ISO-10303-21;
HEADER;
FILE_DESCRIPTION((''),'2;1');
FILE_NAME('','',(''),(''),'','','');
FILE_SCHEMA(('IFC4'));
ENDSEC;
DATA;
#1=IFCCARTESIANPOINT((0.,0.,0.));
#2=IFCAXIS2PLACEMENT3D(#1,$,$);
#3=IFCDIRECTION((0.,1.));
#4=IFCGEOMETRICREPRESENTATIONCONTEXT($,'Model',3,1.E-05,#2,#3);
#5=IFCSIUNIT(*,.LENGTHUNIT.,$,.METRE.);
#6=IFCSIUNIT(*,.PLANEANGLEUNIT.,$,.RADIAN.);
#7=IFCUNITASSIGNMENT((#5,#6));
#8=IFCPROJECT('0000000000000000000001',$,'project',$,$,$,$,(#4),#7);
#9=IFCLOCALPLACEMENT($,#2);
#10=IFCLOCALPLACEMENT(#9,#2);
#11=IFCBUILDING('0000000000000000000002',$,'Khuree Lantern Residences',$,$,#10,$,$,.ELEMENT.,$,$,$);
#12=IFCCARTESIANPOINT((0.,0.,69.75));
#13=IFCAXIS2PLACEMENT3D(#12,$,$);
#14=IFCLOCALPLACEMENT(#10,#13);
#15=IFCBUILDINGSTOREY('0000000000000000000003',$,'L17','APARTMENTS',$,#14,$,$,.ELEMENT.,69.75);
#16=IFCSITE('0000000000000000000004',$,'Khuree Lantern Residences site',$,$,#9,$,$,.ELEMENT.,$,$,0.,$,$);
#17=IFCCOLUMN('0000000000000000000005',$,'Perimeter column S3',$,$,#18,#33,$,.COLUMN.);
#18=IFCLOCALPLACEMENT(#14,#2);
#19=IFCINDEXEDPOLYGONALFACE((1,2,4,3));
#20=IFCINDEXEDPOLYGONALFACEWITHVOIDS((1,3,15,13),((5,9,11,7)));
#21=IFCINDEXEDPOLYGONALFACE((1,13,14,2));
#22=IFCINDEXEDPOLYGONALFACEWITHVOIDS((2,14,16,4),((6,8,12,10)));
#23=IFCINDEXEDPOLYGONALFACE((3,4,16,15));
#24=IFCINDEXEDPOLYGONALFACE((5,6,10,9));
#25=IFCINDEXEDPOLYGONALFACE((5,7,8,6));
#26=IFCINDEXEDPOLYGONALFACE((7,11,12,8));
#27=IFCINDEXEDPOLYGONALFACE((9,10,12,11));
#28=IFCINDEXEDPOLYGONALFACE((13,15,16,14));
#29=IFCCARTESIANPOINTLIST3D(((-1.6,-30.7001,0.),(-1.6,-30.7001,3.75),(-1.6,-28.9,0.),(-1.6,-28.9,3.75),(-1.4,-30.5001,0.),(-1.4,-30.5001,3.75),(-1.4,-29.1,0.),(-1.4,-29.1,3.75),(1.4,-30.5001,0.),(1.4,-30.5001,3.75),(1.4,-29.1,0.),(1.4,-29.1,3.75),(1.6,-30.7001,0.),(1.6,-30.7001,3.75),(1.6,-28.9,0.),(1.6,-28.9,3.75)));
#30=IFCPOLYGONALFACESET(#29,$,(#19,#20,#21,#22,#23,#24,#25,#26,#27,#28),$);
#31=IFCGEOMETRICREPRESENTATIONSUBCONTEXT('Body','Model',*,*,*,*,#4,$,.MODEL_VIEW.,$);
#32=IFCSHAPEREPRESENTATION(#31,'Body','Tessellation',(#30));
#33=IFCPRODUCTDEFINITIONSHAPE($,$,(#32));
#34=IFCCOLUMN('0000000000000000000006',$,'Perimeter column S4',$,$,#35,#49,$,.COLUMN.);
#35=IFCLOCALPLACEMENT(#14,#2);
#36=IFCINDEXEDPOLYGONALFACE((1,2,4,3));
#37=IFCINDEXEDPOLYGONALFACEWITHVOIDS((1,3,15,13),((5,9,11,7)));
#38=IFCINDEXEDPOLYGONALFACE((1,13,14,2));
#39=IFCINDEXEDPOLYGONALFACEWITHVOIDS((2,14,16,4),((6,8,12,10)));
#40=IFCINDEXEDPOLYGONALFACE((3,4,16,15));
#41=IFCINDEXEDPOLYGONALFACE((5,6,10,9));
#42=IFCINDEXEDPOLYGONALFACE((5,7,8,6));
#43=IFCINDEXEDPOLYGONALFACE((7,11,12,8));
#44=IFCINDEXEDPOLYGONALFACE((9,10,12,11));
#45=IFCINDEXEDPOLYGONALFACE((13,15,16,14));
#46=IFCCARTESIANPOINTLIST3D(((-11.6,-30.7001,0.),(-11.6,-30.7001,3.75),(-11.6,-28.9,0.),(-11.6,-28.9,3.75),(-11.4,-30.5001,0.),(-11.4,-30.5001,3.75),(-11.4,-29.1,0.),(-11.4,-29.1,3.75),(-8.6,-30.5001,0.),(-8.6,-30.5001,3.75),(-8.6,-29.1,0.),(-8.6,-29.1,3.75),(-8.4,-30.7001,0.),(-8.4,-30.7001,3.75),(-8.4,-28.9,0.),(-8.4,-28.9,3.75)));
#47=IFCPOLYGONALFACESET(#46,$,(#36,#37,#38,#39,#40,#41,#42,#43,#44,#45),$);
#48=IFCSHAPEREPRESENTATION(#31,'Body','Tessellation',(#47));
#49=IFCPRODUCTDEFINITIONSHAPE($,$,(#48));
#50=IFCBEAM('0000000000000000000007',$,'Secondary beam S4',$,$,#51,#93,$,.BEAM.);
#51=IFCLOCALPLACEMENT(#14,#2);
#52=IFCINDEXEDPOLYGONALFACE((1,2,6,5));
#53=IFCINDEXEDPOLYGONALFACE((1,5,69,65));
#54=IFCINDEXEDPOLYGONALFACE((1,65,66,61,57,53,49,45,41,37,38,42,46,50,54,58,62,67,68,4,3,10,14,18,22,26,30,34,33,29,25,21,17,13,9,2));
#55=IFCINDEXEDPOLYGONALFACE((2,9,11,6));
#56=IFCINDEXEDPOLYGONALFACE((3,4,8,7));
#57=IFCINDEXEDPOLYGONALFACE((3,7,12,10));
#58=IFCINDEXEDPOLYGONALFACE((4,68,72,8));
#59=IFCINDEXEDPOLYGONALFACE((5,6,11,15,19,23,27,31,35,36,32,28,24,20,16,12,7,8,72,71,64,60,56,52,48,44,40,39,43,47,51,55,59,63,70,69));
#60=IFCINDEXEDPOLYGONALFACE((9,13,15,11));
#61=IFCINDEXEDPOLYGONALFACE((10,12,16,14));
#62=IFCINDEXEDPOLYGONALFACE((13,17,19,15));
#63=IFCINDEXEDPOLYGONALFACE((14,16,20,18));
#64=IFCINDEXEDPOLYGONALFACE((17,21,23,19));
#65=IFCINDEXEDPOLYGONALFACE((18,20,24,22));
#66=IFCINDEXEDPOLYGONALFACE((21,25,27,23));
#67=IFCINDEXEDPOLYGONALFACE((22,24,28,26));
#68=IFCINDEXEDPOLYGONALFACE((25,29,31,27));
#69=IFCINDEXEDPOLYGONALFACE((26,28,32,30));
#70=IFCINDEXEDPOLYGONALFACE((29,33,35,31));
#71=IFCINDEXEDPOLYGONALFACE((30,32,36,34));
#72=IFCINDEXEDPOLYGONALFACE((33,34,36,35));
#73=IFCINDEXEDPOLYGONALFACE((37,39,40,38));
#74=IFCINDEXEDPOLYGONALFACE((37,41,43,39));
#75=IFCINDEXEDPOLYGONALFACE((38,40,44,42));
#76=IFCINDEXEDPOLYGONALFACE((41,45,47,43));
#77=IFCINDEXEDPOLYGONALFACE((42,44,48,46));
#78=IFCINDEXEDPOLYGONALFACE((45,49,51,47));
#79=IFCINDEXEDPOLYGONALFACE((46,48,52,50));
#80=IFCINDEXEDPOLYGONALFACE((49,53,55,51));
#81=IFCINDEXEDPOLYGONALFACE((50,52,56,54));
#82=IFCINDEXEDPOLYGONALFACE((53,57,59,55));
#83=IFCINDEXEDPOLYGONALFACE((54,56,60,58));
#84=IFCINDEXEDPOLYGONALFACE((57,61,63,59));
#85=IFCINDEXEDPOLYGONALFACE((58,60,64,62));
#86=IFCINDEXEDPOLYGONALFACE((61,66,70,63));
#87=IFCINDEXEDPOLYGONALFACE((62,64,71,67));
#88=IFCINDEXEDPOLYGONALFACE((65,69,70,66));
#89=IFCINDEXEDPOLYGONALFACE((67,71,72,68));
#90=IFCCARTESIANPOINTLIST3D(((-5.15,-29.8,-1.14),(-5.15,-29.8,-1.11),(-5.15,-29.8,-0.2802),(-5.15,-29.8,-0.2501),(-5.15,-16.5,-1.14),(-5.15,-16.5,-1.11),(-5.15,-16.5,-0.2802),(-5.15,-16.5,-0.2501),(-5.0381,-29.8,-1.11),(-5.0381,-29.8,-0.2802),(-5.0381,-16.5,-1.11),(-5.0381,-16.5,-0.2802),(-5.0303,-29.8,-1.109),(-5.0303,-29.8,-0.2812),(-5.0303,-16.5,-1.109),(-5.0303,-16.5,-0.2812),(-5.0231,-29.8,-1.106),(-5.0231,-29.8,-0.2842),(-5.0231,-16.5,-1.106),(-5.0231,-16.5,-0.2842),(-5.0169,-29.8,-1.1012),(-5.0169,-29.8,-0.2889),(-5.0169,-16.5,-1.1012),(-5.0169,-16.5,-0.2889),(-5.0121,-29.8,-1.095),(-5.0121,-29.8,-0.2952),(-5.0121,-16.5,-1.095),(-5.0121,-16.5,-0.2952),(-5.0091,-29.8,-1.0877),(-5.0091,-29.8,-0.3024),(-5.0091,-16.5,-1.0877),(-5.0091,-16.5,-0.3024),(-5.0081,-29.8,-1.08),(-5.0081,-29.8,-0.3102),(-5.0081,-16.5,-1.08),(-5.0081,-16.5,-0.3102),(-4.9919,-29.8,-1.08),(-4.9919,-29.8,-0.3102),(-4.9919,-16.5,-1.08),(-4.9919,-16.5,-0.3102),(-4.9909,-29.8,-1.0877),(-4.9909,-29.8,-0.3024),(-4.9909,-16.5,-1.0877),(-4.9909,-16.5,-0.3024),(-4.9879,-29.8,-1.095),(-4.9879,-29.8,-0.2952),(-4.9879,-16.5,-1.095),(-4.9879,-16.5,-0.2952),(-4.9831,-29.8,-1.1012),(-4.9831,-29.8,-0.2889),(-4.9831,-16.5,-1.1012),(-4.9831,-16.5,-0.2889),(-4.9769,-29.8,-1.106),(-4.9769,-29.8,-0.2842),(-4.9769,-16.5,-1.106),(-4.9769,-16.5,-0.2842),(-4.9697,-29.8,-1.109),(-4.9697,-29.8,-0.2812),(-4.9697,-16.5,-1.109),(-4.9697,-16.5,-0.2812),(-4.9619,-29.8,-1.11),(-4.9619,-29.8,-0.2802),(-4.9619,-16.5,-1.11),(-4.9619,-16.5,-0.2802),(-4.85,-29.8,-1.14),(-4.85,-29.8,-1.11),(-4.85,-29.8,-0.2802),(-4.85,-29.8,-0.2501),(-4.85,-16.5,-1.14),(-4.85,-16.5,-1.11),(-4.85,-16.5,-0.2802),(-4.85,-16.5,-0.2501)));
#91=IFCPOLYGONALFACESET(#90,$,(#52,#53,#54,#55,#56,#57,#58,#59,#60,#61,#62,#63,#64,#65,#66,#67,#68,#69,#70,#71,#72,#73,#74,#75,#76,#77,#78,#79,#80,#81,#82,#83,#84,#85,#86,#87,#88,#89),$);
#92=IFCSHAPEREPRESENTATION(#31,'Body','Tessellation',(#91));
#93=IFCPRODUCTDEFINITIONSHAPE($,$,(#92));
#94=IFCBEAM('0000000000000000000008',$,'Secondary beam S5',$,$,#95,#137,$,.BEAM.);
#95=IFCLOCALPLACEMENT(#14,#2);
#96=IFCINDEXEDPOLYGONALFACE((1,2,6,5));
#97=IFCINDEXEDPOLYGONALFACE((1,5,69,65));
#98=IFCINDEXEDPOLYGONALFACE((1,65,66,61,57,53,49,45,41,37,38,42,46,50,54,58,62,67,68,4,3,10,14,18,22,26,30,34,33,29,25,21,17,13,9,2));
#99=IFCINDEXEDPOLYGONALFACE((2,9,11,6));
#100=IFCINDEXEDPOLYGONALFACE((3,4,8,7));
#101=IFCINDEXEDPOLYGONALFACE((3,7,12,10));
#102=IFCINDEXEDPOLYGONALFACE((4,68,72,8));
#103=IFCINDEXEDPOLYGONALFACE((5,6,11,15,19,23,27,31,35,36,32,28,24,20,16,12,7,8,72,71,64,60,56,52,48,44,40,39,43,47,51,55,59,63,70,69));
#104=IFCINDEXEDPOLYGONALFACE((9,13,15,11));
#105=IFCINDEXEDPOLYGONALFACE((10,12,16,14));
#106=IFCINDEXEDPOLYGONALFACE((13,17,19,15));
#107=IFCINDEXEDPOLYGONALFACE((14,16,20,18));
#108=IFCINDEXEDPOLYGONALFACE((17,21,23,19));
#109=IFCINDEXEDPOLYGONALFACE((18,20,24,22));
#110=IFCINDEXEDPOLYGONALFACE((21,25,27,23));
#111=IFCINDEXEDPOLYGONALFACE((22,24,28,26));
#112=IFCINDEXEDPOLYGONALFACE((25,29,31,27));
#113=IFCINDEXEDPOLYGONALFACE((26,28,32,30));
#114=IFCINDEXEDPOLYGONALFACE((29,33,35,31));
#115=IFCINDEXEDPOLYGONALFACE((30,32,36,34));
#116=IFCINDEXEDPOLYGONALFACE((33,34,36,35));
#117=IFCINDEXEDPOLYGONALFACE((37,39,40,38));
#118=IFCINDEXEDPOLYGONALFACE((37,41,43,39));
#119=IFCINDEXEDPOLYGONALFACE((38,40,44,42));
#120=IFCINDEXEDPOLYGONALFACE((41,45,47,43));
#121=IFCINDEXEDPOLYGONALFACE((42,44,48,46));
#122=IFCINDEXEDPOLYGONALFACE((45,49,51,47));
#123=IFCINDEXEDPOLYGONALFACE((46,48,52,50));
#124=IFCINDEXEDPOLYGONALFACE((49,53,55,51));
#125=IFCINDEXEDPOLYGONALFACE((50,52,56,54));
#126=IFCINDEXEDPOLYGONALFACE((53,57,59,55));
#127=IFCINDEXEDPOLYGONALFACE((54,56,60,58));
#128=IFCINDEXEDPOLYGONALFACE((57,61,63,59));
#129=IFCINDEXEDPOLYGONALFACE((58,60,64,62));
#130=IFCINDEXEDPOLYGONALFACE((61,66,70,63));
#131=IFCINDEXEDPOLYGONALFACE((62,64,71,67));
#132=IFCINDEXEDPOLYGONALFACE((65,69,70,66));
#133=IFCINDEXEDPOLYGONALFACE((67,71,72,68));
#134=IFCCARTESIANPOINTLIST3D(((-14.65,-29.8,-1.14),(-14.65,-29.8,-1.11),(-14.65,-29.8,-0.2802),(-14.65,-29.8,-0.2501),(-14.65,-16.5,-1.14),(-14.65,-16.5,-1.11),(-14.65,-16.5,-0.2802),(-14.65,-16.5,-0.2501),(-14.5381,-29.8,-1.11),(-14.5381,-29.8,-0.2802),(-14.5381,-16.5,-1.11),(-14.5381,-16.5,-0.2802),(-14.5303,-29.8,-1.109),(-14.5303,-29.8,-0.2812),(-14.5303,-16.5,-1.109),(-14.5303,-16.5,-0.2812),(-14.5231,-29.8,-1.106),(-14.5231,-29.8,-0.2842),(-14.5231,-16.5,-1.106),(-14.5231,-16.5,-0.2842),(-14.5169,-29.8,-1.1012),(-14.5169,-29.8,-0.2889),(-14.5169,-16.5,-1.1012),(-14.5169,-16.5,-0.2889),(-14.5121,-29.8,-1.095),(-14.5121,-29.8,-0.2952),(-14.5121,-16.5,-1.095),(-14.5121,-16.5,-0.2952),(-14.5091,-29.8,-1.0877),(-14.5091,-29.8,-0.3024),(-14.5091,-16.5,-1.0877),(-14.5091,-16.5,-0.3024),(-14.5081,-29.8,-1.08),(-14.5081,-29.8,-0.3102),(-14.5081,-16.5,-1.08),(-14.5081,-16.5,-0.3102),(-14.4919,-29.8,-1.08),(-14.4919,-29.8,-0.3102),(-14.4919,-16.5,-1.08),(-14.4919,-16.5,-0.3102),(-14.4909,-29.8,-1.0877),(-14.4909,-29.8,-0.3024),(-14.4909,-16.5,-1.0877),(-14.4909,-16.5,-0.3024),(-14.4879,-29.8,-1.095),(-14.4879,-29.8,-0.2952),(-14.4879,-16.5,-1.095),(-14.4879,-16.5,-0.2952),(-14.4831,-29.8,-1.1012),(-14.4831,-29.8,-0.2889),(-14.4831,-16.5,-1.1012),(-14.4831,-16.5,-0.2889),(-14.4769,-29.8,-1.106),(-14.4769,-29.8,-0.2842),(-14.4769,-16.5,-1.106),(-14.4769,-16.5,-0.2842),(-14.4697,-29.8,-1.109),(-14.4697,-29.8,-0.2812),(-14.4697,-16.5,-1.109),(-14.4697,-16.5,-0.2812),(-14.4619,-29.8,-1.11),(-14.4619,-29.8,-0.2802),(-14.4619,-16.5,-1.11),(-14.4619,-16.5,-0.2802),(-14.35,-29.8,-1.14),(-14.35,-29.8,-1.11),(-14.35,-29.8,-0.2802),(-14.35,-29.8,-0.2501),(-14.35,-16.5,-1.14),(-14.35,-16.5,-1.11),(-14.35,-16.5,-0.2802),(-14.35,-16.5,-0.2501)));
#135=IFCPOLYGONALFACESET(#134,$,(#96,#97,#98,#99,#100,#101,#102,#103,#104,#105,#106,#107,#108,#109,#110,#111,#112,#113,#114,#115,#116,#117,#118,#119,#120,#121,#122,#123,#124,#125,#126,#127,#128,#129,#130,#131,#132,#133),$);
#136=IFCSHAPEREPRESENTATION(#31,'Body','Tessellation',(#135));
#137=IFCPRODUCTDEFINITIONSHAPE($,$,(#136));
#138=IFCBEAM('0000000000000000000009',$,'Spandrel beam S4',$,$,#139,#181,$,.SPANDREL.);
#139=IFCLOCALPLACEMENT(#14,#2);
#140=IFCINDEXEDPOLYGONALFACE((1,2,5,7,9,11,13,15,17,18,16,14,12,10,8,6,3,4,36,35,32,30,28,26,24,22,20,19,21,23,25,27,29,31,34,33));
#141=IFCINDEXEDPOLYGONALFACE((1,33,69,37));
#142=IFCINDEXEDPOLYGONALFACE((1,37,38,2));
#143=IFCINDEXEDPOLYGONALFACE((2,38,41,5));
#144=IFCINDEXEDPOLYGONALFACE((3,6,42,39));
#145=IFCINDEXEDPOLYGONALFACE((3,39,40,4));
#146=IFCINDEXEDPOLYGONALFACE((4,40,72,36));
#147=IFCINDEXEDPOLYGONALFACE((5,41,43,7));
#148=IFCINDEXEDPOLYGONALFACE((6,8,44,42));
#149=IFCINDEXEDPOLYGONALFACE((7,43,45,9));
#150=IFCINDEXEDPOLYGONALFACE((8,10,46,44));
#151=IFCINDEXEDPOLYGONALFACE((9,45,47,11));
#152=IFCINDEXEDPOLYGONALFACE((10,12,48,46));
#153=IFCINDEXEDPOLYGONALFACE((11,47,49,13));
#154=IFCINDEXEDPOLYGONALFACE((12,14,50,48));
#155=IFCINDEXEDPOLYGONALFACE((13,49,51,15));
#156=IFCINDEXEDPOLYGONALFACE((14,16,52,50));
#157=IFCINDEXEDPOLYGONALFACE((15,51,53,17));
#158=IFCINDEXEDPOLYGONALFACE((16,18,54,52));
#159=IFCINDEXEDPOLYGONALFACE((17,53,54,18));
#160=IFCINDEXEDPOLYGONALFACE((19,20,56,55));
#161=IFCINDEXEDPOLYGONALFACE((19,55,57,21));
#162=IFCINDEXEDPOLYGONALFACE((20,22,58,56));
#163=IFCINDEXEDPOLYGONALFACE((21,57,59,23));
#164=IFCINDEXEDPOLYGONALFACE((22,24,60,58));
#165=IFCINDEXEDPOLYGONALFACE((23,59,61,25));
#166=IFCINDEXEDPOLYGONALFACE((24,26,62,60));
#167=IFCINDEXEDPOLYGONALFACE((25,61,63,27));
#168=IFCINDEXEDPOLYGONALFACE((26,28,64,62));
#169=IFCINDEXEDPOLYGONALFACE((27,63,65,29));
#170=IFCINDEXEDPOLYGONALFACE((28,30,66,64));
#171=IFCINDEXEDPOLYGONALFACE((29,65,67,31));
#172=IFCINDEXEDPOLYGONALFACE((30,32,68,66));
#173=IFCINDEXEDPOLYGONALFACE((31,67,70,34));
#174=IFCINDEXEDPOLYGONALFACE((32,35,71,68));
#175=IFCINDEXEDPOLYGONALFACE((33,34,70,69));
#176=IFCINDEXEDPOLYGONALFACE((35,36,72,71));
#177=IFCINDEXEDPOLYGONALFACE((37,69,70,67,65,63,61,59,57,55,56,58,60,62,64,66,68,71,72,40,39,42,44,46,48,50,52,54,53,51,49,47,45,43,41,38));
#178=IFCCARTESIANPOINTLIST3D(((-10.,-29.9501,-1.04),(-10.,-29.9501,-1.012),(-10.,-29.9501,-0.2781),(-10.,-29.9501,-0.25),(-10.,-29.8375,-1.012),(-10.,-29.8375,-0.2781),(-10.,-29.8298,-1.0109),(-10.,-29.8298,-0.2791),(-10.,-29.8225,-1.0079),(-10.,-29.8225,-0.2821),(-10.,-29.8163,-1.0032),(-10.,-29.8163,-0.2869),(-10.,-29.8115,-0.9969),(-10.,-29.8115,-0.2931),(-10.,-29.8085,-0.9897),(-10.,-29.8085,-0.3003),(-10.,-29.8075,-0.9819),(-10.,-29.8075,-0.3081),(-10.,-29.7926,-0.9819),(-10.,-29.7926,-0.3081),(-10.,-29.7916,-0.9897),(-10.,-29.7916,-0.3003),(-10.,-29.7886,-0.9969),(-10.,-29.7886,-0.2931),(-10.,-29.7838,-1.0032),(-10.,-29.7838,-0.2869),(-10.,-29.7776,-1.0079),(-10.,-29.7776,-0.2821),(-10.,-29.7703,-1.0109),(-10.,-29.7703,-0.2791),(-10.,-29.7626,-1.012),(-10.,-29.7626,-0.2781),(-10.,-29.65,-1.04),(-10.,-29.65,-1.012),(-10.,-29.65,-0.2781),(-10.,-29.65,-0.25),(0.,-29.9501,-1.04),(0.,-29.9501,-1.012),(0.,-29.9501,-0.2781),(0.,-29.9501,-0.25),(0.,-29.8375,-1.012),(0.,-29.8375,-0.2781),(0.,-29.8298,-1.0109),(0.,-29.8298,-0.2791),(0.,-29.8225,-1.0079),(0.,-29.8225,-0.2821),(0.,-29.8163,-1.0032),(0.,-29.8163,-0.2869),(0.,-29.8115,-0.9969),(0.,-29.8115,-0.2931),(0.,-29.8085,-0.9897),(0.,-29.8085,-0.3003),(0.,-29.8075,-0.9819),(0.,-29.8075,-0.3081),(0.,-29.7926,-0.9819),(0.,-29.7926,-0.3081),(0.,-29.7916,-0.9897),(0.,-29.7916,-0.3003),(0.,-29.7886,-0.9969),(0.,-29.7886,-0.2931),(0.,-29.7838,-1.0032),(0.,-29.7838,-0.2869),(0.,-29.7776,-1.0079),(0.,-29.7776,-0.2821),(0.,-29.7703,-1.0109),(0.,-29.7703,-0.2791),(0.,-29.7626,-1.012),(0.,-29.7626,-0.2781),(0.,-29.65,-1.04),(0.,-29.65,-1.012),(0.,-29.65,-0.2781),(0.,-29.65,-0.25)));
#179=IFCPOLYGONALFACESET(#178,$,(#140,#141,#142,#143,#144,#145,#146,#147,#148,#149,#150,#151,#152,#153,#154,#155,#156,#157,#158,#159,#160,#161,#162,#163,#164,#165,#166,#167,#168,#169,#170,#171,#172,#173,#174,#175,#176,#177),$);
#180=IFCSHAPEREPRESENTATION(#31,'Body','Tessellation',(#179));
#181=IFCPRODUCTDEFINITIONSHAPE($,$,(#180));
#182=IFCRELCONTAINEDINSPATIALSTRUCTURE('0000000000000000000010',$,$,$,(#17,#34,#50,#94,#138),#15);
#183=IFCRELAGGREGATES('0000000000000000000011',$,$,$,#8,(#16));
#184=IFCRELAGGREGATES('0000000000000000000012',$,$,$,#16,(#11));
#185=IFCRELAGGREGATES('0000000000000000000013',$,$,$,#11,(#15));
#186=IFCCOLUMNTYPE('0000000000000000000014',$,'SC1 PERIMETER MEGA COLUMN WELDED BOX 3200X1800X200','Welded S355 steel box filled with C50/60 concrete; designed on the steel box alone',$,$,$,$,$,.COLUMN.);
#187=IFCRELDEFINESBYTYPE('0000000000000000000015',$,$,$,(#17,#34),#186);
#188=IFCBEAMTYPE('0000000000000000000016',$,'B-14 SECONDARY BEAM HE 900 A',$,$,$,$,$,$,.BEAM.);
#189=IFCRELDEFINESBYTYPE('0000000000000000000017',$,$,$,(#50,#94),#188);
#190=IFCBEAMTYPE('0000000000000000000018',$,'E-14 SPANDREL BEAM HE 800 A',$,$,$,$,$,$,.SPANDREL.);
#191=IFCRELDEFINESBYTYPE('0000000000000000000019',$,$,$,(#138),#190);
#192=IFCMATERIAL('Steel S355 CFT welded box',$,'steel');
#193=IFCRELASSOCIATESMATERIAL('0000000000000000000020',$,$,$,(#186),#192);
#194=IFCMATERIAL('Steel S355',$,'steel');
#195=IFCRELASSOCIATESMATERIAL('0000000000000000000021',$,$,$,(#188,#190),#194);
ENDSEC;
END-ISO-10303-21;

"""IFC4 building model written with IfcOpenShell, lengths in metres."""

from ifc_helpers import new_model, si_unit, direction, frame, origin, origin_2d, place, context, subcontext, project, spatial, hollow_rectangle, i_section, extrude, material, material_profile, profile_set, type_object, element, save


model = new_model("IFC4")

# Units and contexts
model_context = context("Model", 3, precision=1e-05, world=origin(), true_north=direction((0.0, 1.0)))
body_context = subcontext(model_context, "Body", "Model", "MODEL_VIEW")
ifc_project = project(units=[si_unit("LENGTHUNIT", "METRE"), si_unit("PLANEANGLEUNIT", "RADIAN")], contexts=[model_context])

# Site, building, storey
site_placement = place(None, origin())
site = spatial("IfcSite", under=ifc_project, at=site_placement, Name="Khuree Lantern Residences site", CompositionType="ELEMENT", RefElevation=0.0)
building_placement = place(site_placement, origin())
building = spatial("IfcBuilding", under=site, at=building_placement, Name="Khuree Lantern Residences", CompositionType="ELEMENT")
storey_placement = place(building_placement, frame((0.0, 0.0, 69.75)))
storey = spatial("IfcBuildingStorey", under=building, at=storey_placement, Name="L17", Description="APARTMENTS", CompositionType="ELEMENT", Elevation=69.75)

# Columns
ifc_material_1 = material(Name="Steel S355 CFT welded box", Category="steel")
ifc_material_profile_1 = material_profile(ifc_material_1, hollow_rectangle(XDim=3.2, YDim=1.8, WallThickness=0.2, at=origin_2d()), Name="WELDED BOX 3200X1800X200")
ifc_profile_set_1 = profile_set([ifc_material_profile_1], Name="Steel S355 CFT welded box")
column_type = type_object("IfcColumnType", Name="SC1 PERIMETER MEGA COLUMN WELDED BOX 3200X1800X200", Description="Welded S355 steel box filled with C50/60 concrete; designed on the steel box alone", PredefinedType="COLUMN", material=ifc_profile_set_1)
for number, where, z_axis, x_axis, name in (
    (1, (0.0, -29.8, 0.0), (0.0, 0.0, 1.0), (1.0, 0.0, 0.0), "Perimeter column S3"),
    (2, (-10.0, -29.8, 0.0), (0.0, 0.0, 1.0), (1.0, 0.0, 0.0), "Perimeter column S4"),
):
    element("IfcColumn", number, at=place(storey_placement, frame(where, z_axis=z_axis, x_axis=x_axis)), inside=storey, type_object=column_type, Name=name, PredefinedType="COLUMN", context=body_context, shape_type="SweptSolid", body=[
        extrude(hollow_rectangle(XDim=3.2, YDim=1.8, WallThickness=0.2, at=origin_2d()), origin(), (0.0, 0.0, 1.0), 3.75),
    ])

# Beams
ifc_material_2 = material(Name="Steel S355", Category="steel")
ifc_material_profile_2 = material_profile(ifc_material_2, i_section(OverallWidth=0.3, OverallDepth=0.8899, WebThickness=0.0161, FlangeThickness=0.03, FilletRadius=0.03, at=origin_2d()), Name="HE 900 A")
ifc_profile_set_2 = profile_set([ifc_material_profile_2], Name="Steel S355")
beam_type_1 = type_object("IfcBeamType", Name="B-14 SECONDARY BEAM HE 900 A", PredefinedType="BEAM", material=ifc_profile_set_2)
for number, where, z_axis, x_axis, name in (
    (3, (-5.0, -29.8, -0.6951), (0.0, 1.0, 0.0), (-1.0, 0.0, 0.0), "Secondary beam S4"),
    (4, (-14.5, -29.8, -0.6951), (0.0, 1.0, 0.0), (-1.0, 0.0, 0.0), "Secondary beam S5"),
):
    element("IfcBeam", number, at=place(storey_placement, frame(where, z_axis=z_axis, x_axis=x_axis)), inside=storey, type_object=beam_type_1, Name=name, PredefinedType="BEAM", context=body_context, shape_type="SweptSolid", body=[
        extrude(i_section(OverallWidth=0.3, OverallDepth=0.8899, WebThickness=0.0161, FlangeThickness=0.03, FilletRadius=0.03, at=origin_2d()), origin(), (0.0, 0.0, 1.0), 13.3),
    ])
ifc_material_profile_3 = material_profile(ifc_material_2, i_section(OverallWidth=0.3, OverallDepth=0.79, WebThickness=0.0149, FlangeThickness=0.0281, FilletRadius=0.03, at=origin_2d()), Name="HE 800 A")
ifc_profile_set_3 = profile_set([ifc_material_profile_3], Name="Steel S355")
beam_type_2 = type_object("IfcBeamType", Name="E-14 SPANDREL BEAM HE 800 A", PredefinedType="SPANDREL", material=ifc_profile_set_3)
for number, where, z_axis, x_axis, name in (
    (5, (0.0, -29.8, -0.645), (-1.0, 0.0, 0.0), (0.0, -1.0, 0.0), "Spandrel beam S4"),
):
    element("IfcBeam", number, at=place(storey_placement, frame(where, z_axis=z_axis, x_axis=x_axis)), inside=storey, type_object=beam_type_2, Name=name, PredefinedType="SPANDREL", context=body_context, shape_type="SweptSolid", body=[
        extrude(i_section(OverallWidth=0.3, OverallDepth=0.79, WebThickness=0.0149, FlangeThickness=0.0281, FilletRadius=0.03, at=origin_2d()), origin(), (0.0, 0.0, 1.0), 10.0),
    ])

save(model, "model.ifc")
